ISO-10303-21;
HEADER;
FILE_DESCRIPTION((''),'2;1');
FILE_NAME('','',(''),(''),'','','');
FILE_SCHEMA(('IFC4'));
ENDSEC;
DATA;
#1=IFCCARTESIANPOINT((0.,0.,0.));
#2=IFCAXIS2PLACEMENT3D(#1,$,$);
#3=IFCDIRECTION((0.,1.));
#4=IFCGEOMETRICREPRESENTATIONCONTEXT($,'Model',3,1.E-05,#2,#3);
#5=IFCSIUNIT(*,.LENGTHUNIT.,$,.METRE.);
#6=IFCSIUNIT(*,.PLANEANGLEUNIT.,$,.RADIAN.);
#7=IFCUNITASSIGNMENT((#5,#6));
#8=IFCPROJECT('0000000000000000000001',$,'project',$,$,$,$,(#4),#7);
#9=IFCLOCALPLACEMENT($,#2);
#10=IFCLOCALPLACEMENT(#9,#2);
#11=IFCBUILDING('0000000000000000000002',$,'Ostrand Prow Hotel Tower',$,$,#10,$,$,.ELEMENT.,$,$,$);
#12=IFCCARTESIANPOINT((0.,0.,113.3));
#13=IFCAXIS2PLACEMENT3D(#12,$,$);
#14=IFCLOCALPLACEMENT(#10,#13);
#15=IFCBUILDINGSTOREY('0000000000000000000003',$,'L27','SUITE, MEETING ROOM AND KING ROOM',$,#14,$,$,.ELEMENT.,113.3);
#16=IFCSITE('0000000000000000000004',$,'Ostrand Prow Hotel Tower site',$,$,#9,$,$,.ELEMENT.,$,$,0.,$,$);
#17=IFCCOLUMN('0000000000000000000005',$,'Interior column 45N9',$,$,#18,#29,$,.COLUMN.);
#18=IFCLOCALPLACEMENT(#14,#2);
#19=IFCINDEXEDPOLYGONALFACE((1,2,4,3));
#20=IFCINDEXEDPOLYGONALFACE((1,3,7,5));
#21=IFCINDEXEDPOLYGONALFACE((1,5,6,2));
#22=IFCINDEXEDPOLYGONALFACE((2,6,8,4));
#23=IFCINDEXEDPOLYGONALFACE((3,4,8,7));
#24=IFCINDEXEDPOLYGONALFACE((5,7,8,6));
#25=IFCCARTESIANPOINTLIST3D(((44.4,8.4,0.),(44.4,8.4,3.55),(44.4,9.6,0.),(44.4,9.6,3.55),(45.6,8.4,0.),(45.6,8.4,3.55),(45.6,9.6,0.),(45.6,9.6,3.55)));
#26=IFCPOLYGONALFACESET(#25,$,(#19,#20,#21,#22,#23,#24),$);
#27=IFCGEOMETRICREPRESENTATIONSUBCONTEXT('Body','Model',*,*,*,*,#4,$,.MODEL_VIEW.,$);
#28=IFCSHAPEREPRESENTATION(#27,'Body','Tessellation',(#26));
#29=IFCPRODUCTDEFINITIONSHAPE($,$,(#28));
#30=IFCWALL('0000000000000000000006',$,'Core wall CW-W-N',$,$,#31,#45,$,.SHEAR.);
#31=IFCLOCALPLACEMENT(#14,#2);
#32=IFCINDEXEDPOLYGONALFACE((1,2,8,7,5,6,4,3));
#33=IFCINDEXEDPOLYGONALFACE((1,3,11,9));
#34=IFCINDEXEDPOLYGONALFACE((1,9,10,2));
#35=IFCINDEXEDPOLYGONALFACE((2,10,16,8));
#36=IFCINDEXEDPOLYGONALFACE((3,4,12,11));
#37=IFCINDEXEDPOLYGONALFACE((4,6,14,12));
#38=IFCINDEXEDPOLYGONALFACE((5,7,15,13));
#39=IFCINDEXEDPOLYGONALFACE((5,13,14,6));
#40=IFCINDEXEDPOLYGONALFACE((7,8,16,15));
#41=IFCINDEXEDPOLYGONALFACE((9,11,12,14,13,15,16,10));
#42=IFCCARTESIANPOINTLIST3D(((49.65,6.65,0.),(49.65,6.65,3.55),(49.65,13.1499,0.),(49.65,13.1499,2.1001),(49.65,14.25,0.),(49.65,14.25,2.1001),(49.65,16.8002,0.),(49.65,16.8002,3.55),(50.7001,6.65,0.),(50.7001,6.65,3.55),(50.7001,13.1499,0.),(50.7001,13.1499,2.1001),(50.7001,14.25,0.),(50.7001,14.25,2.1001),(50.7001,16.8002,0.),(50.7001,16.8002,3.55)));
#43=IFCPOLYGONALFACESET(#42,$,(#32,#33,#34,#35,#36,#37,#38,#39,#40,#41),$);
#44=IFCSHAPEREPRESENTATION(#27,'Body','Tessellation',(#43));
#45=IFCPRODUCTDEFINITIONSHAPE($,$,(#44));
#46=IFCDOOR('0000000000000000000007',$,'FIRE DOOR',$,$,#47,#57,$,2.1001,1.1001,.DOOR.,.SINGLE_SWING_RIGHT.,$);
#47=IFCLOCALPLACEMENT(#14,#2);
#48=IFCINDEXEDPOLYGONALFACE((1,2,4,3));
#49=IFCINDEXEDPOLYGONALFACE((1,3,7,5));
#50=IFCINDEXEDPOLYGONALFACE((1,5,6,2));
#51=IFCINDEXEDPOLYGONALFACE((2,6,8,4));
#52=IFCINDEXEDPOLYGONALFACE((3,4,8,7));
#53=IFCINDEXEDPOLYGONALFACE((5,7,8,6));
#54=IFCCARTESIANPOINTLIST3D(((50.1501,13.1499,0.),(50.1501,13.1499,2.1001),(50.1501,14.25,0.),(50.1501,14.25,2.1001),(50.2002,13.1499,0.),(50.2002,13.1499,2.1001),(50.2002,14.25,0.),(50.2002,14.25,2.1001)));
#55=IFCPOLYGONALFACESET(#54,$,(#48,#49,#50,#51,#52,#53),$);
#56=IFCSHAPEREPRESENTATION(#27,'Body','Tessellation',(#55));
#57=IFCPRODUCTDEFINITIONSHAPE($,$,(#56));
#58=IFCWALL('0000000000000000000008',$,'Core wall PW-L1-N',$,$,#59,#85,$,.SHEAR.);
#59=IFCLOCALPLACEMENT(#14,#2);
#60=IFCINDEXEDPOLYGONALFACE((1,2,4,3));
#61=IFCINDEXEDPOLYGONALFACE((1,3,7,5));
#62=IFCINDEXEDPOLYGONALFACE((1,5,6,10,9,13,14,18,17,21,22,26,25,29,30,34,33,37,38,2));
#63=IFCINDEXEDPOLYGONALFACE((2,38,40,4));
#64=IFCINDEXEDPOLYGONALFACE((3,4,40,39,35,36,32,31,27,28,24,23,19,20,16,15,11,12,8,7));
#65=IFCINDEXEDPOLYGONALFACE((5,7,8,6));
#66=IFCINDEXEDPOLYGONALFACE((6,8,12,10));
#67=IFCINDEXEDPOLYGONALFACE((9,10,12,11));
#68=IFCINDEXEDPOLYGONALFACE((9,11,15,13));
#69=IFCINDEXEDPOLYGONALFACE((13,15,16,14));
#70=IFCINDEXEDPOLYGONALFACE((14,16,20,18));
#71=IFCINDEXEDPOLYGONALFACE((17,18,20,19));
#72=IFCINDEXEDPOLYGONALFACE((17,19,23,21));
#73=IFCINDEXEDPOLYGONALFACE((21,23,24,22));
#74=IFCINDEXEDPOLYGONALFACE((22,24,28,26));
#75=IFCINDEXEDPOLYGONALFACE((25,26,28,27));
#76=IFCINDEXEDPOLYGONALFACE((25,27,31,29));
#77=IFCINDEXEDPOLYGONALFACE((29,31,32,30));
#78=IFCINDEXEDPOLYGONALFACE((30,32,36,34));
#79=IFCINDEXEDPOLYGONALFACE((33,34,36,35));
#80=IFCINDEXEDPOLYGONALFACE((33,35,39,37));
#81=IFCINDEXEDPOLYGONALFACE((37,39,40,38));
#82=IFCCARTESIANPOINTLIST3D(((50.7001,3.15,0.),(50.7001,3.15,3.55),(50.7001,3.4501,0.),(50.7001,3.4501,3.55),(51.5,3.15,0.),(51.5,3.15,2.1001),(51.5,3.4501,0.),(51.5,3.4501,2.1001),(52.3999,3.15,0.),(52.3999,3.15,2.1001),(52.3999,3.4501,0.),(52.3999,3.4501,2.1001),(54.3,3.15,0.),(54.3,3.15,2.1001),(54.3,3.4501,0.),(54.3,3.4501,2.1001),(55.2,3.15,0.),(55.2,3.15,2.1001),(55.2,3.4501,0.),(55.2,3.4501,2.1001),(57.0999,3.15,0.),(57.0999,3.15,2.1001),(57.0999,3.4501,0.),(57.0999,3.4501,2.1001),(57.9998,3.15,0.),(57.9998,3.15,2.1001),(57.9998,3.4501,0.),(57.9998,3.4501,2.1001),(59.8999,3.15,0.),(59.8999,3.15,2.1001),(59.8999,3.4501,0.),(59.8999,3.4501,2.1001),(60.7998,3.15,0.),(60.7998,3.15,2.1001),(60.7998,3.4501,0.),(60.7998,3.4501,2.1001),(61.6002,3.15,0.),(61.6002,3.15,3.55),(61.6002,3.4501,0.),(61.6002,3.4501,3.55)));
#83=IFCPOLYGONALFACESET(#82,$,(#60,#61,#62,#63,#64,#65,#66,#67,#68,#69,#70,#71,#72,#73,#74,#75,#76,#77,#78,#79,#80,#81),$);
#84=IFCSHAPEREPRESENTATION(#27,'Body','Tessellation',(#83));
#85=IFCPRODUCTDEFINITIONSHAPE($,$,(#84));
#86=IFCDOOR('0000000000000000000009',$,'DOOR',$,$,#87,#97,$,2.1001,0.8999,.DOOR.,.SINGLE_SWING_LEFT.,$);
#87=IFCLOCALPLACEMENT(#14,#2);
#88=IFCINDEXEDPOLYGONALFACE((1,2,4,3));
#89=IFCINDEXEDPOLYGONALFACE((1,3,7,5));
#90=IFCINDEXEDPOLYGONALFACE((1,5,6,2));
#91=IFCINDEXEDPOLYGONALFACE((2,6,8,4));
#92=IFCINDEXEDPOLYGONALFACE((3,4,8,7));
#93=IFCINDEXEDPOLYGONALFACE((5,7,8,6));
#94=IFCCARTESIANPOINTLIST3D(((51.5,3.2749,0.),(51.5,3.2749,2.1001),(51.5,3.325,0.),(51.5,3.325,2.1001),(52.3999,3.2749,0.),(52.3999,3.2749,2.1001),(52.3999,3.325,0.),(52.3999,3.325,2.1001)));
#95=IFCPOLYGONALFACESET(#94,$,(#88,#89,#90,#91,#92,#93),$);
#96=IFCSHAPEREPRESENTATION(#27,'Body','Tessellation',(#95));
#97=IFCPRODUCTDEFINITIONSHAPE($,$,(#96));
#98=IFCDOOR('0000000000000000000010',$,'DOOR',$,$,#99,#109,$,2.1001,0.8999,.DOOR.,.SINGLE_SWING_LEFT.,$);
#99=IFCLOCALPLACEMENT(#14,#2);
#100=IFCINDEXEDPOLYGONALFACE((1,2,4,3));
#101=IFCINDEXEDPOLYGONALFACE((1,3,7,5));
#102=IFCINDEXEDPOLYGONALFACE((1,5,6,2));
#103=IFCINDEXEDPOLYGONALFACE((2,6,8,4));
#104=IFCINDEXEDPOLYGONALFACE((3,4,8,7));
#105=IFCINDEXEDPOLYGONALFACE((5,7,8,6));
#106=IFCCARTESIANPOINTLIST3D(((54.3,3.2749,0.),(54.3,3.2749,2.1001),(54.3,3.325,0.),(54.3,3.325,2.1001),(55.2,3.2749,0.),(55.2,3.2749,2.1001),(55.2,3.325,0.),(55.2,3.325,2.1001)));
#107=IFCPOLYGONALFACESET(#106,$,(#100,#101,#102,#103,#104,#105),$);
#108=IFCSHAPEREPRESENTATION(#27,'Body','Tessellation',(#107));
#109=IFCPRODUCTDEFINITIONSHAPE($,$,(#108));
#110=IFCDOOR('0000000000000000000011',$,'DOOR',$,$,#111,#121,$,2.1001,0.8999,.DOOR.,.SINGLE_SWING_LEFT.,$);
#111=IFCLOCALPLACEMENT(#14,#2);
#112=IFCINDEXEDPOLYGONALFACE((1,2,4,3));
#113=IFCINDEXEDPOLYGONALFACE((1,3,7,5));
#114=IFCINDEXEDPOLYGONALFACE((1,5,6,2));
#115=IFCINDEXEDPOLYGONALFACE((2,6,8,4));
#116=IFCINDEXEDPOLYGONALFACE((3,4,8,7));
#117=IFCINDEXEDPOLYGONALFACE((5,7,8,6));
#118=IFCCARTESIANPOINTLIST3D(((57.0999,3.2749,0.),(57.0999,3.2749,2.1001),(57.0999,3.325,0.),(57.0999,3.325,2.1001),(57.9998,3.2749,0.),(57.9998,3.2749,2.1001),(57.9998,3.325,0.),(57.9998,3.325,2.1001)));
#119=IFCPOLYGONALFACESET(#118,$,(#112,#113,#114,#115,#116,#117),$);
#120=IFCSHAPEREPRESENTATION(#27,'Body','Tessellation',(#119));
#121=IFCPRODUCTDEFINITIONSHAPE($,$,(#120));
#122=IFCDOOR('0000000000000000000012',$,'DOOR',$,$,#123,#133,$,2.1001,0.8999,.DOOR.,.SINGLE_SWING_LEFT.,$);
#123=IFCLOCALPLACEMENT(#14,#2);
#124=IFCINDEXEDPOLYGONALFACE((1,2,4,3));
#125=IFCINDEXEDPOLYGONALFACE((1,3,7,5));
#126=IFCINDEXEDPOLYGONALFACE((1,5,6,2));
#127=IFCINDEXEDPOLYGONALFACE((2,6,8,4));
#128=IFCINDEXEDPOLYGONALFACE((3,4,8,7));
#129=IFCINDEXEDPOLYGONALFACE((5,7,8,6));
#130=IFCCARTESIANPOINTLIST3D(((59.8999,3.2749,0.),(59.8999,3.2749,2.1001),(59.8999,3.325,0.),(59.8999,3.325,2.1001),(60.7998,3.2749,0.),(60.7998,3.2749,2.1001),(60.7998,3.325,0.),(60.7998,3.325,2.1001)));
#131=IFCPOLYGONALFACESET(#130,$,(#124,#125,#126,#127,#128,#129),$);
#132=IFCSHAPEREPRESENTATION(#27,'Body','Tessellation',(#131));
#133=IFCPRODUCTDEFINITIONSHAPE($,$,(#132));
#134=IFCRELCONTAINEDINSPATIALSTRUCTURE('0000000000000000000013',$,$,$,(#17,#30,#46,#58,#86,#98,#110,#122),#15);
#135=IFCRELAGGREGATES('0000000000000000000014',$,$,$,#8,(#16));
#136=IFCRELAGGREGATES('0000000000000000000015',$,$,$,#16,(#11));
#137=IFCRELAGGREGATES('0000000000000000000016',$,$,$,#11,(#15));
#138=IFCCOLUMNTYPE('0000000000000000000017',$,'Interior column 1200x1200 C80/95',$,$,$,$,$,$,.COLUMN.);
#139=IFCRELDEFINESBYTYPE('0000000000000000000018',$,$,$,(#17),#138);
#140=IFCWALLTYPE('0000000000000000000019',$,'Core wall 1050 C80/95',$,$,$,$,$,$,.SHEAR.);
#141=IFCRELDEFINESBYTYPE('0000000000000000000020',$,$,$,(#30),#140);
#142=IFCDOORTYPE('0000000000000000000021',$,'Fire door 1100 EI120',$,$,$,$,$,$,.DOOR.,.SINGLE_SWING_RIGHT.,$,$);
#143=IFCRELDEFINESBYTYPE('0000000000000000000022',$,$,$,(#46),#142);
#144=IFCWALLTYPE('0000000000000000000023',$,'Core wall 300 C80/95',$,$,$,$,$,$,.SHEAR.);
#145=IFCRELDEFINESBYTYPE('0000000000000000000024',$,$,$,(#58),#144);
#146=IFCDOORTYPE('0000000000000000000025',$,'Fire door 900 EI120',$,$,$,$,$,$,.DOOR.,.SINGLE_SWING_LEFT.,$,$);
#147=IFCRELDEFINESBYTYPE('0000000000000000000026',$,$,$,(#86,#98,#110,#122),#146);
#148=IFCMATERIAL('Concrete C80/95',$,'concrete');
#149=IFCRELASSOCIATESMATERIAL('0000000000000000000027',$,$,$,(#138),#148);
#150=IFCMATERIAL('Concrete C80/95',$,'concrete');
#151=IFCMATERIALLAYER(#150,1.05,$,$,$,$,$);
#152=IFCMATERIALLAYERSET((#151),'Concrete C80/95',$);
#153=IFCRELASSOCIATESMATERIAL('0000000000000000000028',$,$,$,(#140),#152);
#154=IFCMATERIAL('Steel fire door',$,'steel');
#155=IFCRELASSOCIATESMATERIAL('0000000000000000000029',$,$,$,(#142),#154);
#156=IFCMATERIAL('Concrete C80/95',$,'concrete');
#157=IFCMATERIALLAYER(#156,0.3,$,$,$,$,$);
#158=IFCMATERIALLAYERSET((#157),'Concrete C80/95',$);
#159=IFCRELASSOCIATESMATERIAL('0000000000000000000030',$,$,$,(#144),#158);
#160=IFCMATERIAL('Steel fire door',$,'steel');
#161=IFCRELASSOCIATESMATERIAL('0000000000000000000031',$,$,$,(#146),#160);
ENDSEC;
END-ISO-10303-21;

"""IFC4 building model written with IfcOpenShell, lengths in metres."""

from ifc_helpers import new_model, si_unit, direction, frame, frame_2d, origin, origin_2d, place, context, subcontext, project, spatial, rectangle, extrude, material, layer, layer_set, material_profile, profile_set, type_object, element, fill, save


model = new_model("IFC4")

# Units and contexts
model_context = context("Model", 3, precision=1e-05, world=origin(), true_north=direction((0.0, 1.0)))
body_context = subcontext(model_context, "Body", "Model", "MODEL_VIEW")
ifc_project = project(units=[si_unit("LENGTHUNIT", "METRE"), si_unit("PLANEANGLEUNIT", "RADIAN")], contexts=[model_context])

# Site, building, storey
site_placement = place(None, origin())
site = spatial("IfcSite", under=ifc_project, at=site_placement, Name="Ostrand Prow Hotel Tower site", CompositionType="ELEMENT", RefElevation=0.0)
building_placement = place(site_placement, origin())
building = spatial("IfcBuilding", under=site, at=building_placement, Name="Ostrand Prow Hotel Tower", CompositionType="ELEMENT")
storey_placement = place(building_placement, frame((0.0, 0.0, 113.3)))
storey = spatial("IfcBuildingStorey", under=building, at=storey_placement, Name="L27", Description="SUITE, MEETING ROOM AND KING ROOM", CompositionType="ELEMENT", Elevation=113.3)

# Column
ifc_material_1 = material(Name="Concrete C80/95", Category="concrete")
ifc_material_profile = material_profile(ifc_material_1, rectangle(XDim=1.2, YDim=1.2, at=origin_2d()), Name="RC 1200x1200")
ifc_profile_set = profile_set([ifc_material_profile], Name="Concrete C80/95")
column_type = type_object("IfcColumnType", Name="Interior column 1200x1200 C80/95", PredefinedType="COLUMN", material=ifc_profile_set)
column_placement = place(storey_placement, frame((45.0, 9.0, 0.0), z_axis=(0.0, 0.0, 1.0), x_axis=(1.0, 0.0, 0.0)))
element("IfcColumn", 1, at=column_placement, inside=storey, type_object=column_type, Name="Interior column 45N9", PredefinedType="COLUMN", context=body_context, shape_type="SweptSolid", body=[
    extrude(rectangle(XDim=1.2, YDim=1.2, at=origin_2d()), origin(), (0.0, 0.0, 1.0), 3.55),
])

# Wall, opening, door
ifc_material_2 = material(Name="Concrete C80/95", Category="concrete")
ifc_layer_1 = layer(ifc_material_2, 1.05)
ifc_layer_set_1 = layer_set([ifc_layer_1], Name="Concrete C80/95")
wall_type_1 = type_object("IfcWallType", Name="Core wall 1050 C80/95", PredefinedType="SHEAR", material=ifc_layer_set_1)
wall_1_placement = place(storey_placement, frame((50.175, 6.6499, 0.0), z_axis=(0.0, 0.0, 1.0), x_axis=(0.0, 1.0, 0.0)))
wall_1 = element("IfcWall", 2, at=wall_1_placement, inside=storey, type_object=wall_type_1, Name="Core wall CW-W-N", PredefinedType="SHEAR", context=body_context, shape_type="SweptSolid", body=[
    extrude(rectangle(XDim=10.1501, YDim=1.05, at=frame_2d((5.0752, 0.0))), origin(), (0.0, 0.0, 1.0), 3.55),
])
opening_1_placement = place(wall_1_placement, frame((6.5, 0.0, 0.0)))
opening_1 = element("IfcOpeningElement", 3, at=opening_1_placement, cuts=wall_1, PredefinedType="OPENING", context=body_context, shape_type="SweptSolid", body=[
    extrude(rectangle(XDim=1.1001, YDim=2.1001, at=frame_2d((0.55, 1.05))), frame((0.0, 0.5349, 0.0), z_axis=(0.0, -1.0, 0.0), x_axis=(1.0, 0.0, 0.0)), (0.0, 0.0, 1.0), 1.0701),
])
ifc_material_3 = material(Name="Steel fire door", Category="steel")
door_type_1 = type_object("IfcDoorType", Name="Fire door 1100 EI120", OperationType="SINGLE_SWING_RIGHT", PredefinedType="DOOR", material=ifc_material_3)
door_1_placement = place(opening_1_placement, origin())
door_1 = element("IfcDoor", 4, at=door_1_placement, inside=storey, type_object=door_type_1, Name="FIRE DOOR", OperationType="SINGLE_SWING_RIGHT", OverallHeight=2.1001, OverallWidth=1.1001, PredefinedType="DOOR", context=body_context, shape_type="SweptSolid", body=[
    extrude(rectangle(XDim=1.1001, YDim=2.1001, at=frame_2d((0.55, 1.05))), frame((0.0, 0.0249, 0.0), z_axis=(0.0, -1.0, 0.0), x_axis=(1.0, 0.0, 0.0)), (0.0, 0.0, 1.0), 0.05),
])
fill(opening_1, door_1)

# Wall, openings, doors
ifc_material_4 = material(Name="Concrete C80/95", Category="concrete")
ifc_layer_2 = layer(ifc_material_4, 0.3)
ifc_layer_set_2 = layer_set([ifc_layer_2], Name="Concrete C80/95")
wall_type_2 = type_object("IfcWallType", Name="Core wall 300 C80/95", PredefinedType="SHEAR", material=ifc_layer_set_2)
wall_2_placement = place(storey_placement, frame((50.7, 3.3, 0.0), z_axis=(0.0, 0.0, 1.0), x_axis=(1.0, 0.0, 0.0)))
wall_2 = element("IfcWall", 5, at=wall_2_placement, inside=storey, type_object=wall_type_2, Name="Core wall PW-L1-N", PredefinedType="SHEAR", context=body_context, shape_type="SweptSolid", body=[
    extrude(rectangle(XDim=10.9001, YDim=0.3, at=frame_2d((5.4502, 0.0))), origin(), (0.0, 0.0, 1.0), 3.55),
])
opening_2_placement = place(wall_2_placement, frame((0.8, 0.0, 0.0)))
opening_2 = element("IfcOpeningElement", 6, at=opening_2_placement, cuts=wall_2, PredefinedType="OPENING", context=body_context, shape_type="SweptSolid", body=[
    extrude(rectangle(XDim=0.8999, YDim=2.1001, at=frame_2d((0.45, 1.05))), frame((0.0, 0.1599, 0.0), z_axis=(0.0, -1.0, 0.0), x_axis=(1.0, 0.0, 0.0)), (0.0, 0.0, 1.0), 0.3201),
])
opening_3_placement = place(wall_2_placement, frame((3.6001, 0.0, 0.0)))
opening_3 = element("IfcOpeningElement", 7, at=opening_3_placement, cuts=wall_2, PredefinedType="OPENING", context=body_context, shape_type="SweptSolid", body=[
    extrude(rectangle(XDim=0.8999, YDim=2.1001, at=frame_2d((0.45, 1.05))), frame((0.0, 0.1599, 0.0), z_axis=(0.0, -1.0, 0.0), x_axis=(1.0, 0.0, 0.0)), (0.0, 0.0, 1.0), 0.3201),
])
opening_4_placement = place(wall_2_placement, frame((6.3999, 0.0, 0.0)))
opening_4 = element("IfcOpeningElement", 8, at=opening_4_placement, cuts=wall_2, PredefinedType="OPENING", context=body_context, shape_type="SweptSolid", body=[
    extrude(rectangle(XDim=0.8999, YDim=2.1001, at=frame_2d((0.45, 1.05))), frame((0.0, 0.1599, 0.0), z_axis=(0.0, -1.0, 0.0), x_axis=(1.0, 0.0, 0.0)), (0.0, 0.0, 1.0), 0.3201),
])
opening_5_placement = place(wall_2_placement, frame((9.2, 0.0, 0.0)))
opening_5 = element("IfcOpeningElement", 9, at=opening_5_placement, cuts=wall_2, PredefinedType="OPENING", context=body_context, shape_type="SweptSolid", body=[
    extrude(rectangle(XDim=0.8999, YDim=2.1001, at=frame_2d((0.45, 1.05))), frame((0.0, 0.1599, 0.0), z_axis=(0.0, -1.0, 0.0), x_axis=(1.0, 0.0, 0.0)), (0.0, 0.0, 1.0), 0.3201),
])
ifc_material_5 = material(Name="Steel fire door", Category="steel")
door_type_2 = type_object("IfcDoorType", Name="Fire door 900 EI120", OperationType="SINGLE_SWING_LEFT", PredefinedType="DOOR", material=ifc_material_5)
door_2_placement = place(opening_2_placement, origin())
door_2 = element("IfcDoor", 10, at=door_2_placement, inside=storey, type_object=door_type_2, Name="DOOR", OperationType="SINGLE_SWING_LEFT", OverallHeight=2.1001, OverallWidth=0.8999, PredefinedType="DOOR", context=body_context, shape_type="SweptSolid", body=[
    extrude(rectangle(XDim=0.8999, YDim=2.1001, at=frame_2d((0.45, 1.05))), frame((0.0, 0.0249, 0.0), z_axis=(0.0, -1.0, 0.0), x_axis=(1.0, 0.0, 0.0)), (0.0, 0.0, 1.0), 0.05),
])
fill(opening_2, door_2)
door_3_placement = place(opening_3_placement, origin())
door_3 = element("IfcDoor", 11, at=door_3_placement, inside=storey, type_object=door_type_2, Name="DOOR", OperationType="SINGLE_SWING_LEFT", OverallHeight=2.1001, OverallWidth=0.8999, PredefinedType="DOOR", context=body_context, shape_type="SweptSolid", body=[
    extrude(rectangle(XDim=0.8999, YDim=2.1001, at=frame_2d((0.45, 1.05))), frame((0.0, 0.0249, 0.0), z_axis=(0.0, -1.0, 0.0), x_axis=(1.0, 0.0, 0.0)), (0.0, 0.0, 1.0), 0.05),
])
fill(opening_3, door_3)
door_4_placement = place(opening_4_placement, origin())
door_4 = element("IfcDoor", 12, at=door_4_placement, inside=storey, type_object=door_type_2, Name="DOOR", OperationType="SINGLE_SWING_LEFT", OverallHeight=2.1001, OverallWidth=0.8999, PredefinedType="DOOR", context=body_context, shape_type="SweptSolid", body=[
    extrude(rectangle(XDim=0.8999, YDim=2.1001, at=frame_2d((0.45, 1.05))), frame((0.0, 0.0249, 0.0), z_axis=(0.0, -1.0, 0.0), x_axis=(1.0, 0.0, 0.0)), (0.0, 0.0, 1.0), 0.05),
])
fill(opening_4, door_4)
door_5_placement = place(opening_5_placement, origin())
door_5 = element("IfcDoor", 13, at=door_5_placement, inside=storey, type_object=door_type_2, Name="DOOR", OperationType="SINGLE_SWING_LEFT", OverallHeight=2.1001, OverallWidth=0.8999, PredefinedType="DOOR", context=body_context, shape_type="SweptSolid", body=[
    extrude(rectangle(XDim=0.8999, YDim=2.1001, at=frame_2d((0.45, 1.05))), frame((0.0, 0.0249, 0.0), z_axis=(0.0, -1.0, 0.0), x_axis=(1.0, 0.0, 0.0)), (0.0, 0.0, 1.0), 0.05),
])
fill(opening_5, door_5)

save(model, "model.ifc")
